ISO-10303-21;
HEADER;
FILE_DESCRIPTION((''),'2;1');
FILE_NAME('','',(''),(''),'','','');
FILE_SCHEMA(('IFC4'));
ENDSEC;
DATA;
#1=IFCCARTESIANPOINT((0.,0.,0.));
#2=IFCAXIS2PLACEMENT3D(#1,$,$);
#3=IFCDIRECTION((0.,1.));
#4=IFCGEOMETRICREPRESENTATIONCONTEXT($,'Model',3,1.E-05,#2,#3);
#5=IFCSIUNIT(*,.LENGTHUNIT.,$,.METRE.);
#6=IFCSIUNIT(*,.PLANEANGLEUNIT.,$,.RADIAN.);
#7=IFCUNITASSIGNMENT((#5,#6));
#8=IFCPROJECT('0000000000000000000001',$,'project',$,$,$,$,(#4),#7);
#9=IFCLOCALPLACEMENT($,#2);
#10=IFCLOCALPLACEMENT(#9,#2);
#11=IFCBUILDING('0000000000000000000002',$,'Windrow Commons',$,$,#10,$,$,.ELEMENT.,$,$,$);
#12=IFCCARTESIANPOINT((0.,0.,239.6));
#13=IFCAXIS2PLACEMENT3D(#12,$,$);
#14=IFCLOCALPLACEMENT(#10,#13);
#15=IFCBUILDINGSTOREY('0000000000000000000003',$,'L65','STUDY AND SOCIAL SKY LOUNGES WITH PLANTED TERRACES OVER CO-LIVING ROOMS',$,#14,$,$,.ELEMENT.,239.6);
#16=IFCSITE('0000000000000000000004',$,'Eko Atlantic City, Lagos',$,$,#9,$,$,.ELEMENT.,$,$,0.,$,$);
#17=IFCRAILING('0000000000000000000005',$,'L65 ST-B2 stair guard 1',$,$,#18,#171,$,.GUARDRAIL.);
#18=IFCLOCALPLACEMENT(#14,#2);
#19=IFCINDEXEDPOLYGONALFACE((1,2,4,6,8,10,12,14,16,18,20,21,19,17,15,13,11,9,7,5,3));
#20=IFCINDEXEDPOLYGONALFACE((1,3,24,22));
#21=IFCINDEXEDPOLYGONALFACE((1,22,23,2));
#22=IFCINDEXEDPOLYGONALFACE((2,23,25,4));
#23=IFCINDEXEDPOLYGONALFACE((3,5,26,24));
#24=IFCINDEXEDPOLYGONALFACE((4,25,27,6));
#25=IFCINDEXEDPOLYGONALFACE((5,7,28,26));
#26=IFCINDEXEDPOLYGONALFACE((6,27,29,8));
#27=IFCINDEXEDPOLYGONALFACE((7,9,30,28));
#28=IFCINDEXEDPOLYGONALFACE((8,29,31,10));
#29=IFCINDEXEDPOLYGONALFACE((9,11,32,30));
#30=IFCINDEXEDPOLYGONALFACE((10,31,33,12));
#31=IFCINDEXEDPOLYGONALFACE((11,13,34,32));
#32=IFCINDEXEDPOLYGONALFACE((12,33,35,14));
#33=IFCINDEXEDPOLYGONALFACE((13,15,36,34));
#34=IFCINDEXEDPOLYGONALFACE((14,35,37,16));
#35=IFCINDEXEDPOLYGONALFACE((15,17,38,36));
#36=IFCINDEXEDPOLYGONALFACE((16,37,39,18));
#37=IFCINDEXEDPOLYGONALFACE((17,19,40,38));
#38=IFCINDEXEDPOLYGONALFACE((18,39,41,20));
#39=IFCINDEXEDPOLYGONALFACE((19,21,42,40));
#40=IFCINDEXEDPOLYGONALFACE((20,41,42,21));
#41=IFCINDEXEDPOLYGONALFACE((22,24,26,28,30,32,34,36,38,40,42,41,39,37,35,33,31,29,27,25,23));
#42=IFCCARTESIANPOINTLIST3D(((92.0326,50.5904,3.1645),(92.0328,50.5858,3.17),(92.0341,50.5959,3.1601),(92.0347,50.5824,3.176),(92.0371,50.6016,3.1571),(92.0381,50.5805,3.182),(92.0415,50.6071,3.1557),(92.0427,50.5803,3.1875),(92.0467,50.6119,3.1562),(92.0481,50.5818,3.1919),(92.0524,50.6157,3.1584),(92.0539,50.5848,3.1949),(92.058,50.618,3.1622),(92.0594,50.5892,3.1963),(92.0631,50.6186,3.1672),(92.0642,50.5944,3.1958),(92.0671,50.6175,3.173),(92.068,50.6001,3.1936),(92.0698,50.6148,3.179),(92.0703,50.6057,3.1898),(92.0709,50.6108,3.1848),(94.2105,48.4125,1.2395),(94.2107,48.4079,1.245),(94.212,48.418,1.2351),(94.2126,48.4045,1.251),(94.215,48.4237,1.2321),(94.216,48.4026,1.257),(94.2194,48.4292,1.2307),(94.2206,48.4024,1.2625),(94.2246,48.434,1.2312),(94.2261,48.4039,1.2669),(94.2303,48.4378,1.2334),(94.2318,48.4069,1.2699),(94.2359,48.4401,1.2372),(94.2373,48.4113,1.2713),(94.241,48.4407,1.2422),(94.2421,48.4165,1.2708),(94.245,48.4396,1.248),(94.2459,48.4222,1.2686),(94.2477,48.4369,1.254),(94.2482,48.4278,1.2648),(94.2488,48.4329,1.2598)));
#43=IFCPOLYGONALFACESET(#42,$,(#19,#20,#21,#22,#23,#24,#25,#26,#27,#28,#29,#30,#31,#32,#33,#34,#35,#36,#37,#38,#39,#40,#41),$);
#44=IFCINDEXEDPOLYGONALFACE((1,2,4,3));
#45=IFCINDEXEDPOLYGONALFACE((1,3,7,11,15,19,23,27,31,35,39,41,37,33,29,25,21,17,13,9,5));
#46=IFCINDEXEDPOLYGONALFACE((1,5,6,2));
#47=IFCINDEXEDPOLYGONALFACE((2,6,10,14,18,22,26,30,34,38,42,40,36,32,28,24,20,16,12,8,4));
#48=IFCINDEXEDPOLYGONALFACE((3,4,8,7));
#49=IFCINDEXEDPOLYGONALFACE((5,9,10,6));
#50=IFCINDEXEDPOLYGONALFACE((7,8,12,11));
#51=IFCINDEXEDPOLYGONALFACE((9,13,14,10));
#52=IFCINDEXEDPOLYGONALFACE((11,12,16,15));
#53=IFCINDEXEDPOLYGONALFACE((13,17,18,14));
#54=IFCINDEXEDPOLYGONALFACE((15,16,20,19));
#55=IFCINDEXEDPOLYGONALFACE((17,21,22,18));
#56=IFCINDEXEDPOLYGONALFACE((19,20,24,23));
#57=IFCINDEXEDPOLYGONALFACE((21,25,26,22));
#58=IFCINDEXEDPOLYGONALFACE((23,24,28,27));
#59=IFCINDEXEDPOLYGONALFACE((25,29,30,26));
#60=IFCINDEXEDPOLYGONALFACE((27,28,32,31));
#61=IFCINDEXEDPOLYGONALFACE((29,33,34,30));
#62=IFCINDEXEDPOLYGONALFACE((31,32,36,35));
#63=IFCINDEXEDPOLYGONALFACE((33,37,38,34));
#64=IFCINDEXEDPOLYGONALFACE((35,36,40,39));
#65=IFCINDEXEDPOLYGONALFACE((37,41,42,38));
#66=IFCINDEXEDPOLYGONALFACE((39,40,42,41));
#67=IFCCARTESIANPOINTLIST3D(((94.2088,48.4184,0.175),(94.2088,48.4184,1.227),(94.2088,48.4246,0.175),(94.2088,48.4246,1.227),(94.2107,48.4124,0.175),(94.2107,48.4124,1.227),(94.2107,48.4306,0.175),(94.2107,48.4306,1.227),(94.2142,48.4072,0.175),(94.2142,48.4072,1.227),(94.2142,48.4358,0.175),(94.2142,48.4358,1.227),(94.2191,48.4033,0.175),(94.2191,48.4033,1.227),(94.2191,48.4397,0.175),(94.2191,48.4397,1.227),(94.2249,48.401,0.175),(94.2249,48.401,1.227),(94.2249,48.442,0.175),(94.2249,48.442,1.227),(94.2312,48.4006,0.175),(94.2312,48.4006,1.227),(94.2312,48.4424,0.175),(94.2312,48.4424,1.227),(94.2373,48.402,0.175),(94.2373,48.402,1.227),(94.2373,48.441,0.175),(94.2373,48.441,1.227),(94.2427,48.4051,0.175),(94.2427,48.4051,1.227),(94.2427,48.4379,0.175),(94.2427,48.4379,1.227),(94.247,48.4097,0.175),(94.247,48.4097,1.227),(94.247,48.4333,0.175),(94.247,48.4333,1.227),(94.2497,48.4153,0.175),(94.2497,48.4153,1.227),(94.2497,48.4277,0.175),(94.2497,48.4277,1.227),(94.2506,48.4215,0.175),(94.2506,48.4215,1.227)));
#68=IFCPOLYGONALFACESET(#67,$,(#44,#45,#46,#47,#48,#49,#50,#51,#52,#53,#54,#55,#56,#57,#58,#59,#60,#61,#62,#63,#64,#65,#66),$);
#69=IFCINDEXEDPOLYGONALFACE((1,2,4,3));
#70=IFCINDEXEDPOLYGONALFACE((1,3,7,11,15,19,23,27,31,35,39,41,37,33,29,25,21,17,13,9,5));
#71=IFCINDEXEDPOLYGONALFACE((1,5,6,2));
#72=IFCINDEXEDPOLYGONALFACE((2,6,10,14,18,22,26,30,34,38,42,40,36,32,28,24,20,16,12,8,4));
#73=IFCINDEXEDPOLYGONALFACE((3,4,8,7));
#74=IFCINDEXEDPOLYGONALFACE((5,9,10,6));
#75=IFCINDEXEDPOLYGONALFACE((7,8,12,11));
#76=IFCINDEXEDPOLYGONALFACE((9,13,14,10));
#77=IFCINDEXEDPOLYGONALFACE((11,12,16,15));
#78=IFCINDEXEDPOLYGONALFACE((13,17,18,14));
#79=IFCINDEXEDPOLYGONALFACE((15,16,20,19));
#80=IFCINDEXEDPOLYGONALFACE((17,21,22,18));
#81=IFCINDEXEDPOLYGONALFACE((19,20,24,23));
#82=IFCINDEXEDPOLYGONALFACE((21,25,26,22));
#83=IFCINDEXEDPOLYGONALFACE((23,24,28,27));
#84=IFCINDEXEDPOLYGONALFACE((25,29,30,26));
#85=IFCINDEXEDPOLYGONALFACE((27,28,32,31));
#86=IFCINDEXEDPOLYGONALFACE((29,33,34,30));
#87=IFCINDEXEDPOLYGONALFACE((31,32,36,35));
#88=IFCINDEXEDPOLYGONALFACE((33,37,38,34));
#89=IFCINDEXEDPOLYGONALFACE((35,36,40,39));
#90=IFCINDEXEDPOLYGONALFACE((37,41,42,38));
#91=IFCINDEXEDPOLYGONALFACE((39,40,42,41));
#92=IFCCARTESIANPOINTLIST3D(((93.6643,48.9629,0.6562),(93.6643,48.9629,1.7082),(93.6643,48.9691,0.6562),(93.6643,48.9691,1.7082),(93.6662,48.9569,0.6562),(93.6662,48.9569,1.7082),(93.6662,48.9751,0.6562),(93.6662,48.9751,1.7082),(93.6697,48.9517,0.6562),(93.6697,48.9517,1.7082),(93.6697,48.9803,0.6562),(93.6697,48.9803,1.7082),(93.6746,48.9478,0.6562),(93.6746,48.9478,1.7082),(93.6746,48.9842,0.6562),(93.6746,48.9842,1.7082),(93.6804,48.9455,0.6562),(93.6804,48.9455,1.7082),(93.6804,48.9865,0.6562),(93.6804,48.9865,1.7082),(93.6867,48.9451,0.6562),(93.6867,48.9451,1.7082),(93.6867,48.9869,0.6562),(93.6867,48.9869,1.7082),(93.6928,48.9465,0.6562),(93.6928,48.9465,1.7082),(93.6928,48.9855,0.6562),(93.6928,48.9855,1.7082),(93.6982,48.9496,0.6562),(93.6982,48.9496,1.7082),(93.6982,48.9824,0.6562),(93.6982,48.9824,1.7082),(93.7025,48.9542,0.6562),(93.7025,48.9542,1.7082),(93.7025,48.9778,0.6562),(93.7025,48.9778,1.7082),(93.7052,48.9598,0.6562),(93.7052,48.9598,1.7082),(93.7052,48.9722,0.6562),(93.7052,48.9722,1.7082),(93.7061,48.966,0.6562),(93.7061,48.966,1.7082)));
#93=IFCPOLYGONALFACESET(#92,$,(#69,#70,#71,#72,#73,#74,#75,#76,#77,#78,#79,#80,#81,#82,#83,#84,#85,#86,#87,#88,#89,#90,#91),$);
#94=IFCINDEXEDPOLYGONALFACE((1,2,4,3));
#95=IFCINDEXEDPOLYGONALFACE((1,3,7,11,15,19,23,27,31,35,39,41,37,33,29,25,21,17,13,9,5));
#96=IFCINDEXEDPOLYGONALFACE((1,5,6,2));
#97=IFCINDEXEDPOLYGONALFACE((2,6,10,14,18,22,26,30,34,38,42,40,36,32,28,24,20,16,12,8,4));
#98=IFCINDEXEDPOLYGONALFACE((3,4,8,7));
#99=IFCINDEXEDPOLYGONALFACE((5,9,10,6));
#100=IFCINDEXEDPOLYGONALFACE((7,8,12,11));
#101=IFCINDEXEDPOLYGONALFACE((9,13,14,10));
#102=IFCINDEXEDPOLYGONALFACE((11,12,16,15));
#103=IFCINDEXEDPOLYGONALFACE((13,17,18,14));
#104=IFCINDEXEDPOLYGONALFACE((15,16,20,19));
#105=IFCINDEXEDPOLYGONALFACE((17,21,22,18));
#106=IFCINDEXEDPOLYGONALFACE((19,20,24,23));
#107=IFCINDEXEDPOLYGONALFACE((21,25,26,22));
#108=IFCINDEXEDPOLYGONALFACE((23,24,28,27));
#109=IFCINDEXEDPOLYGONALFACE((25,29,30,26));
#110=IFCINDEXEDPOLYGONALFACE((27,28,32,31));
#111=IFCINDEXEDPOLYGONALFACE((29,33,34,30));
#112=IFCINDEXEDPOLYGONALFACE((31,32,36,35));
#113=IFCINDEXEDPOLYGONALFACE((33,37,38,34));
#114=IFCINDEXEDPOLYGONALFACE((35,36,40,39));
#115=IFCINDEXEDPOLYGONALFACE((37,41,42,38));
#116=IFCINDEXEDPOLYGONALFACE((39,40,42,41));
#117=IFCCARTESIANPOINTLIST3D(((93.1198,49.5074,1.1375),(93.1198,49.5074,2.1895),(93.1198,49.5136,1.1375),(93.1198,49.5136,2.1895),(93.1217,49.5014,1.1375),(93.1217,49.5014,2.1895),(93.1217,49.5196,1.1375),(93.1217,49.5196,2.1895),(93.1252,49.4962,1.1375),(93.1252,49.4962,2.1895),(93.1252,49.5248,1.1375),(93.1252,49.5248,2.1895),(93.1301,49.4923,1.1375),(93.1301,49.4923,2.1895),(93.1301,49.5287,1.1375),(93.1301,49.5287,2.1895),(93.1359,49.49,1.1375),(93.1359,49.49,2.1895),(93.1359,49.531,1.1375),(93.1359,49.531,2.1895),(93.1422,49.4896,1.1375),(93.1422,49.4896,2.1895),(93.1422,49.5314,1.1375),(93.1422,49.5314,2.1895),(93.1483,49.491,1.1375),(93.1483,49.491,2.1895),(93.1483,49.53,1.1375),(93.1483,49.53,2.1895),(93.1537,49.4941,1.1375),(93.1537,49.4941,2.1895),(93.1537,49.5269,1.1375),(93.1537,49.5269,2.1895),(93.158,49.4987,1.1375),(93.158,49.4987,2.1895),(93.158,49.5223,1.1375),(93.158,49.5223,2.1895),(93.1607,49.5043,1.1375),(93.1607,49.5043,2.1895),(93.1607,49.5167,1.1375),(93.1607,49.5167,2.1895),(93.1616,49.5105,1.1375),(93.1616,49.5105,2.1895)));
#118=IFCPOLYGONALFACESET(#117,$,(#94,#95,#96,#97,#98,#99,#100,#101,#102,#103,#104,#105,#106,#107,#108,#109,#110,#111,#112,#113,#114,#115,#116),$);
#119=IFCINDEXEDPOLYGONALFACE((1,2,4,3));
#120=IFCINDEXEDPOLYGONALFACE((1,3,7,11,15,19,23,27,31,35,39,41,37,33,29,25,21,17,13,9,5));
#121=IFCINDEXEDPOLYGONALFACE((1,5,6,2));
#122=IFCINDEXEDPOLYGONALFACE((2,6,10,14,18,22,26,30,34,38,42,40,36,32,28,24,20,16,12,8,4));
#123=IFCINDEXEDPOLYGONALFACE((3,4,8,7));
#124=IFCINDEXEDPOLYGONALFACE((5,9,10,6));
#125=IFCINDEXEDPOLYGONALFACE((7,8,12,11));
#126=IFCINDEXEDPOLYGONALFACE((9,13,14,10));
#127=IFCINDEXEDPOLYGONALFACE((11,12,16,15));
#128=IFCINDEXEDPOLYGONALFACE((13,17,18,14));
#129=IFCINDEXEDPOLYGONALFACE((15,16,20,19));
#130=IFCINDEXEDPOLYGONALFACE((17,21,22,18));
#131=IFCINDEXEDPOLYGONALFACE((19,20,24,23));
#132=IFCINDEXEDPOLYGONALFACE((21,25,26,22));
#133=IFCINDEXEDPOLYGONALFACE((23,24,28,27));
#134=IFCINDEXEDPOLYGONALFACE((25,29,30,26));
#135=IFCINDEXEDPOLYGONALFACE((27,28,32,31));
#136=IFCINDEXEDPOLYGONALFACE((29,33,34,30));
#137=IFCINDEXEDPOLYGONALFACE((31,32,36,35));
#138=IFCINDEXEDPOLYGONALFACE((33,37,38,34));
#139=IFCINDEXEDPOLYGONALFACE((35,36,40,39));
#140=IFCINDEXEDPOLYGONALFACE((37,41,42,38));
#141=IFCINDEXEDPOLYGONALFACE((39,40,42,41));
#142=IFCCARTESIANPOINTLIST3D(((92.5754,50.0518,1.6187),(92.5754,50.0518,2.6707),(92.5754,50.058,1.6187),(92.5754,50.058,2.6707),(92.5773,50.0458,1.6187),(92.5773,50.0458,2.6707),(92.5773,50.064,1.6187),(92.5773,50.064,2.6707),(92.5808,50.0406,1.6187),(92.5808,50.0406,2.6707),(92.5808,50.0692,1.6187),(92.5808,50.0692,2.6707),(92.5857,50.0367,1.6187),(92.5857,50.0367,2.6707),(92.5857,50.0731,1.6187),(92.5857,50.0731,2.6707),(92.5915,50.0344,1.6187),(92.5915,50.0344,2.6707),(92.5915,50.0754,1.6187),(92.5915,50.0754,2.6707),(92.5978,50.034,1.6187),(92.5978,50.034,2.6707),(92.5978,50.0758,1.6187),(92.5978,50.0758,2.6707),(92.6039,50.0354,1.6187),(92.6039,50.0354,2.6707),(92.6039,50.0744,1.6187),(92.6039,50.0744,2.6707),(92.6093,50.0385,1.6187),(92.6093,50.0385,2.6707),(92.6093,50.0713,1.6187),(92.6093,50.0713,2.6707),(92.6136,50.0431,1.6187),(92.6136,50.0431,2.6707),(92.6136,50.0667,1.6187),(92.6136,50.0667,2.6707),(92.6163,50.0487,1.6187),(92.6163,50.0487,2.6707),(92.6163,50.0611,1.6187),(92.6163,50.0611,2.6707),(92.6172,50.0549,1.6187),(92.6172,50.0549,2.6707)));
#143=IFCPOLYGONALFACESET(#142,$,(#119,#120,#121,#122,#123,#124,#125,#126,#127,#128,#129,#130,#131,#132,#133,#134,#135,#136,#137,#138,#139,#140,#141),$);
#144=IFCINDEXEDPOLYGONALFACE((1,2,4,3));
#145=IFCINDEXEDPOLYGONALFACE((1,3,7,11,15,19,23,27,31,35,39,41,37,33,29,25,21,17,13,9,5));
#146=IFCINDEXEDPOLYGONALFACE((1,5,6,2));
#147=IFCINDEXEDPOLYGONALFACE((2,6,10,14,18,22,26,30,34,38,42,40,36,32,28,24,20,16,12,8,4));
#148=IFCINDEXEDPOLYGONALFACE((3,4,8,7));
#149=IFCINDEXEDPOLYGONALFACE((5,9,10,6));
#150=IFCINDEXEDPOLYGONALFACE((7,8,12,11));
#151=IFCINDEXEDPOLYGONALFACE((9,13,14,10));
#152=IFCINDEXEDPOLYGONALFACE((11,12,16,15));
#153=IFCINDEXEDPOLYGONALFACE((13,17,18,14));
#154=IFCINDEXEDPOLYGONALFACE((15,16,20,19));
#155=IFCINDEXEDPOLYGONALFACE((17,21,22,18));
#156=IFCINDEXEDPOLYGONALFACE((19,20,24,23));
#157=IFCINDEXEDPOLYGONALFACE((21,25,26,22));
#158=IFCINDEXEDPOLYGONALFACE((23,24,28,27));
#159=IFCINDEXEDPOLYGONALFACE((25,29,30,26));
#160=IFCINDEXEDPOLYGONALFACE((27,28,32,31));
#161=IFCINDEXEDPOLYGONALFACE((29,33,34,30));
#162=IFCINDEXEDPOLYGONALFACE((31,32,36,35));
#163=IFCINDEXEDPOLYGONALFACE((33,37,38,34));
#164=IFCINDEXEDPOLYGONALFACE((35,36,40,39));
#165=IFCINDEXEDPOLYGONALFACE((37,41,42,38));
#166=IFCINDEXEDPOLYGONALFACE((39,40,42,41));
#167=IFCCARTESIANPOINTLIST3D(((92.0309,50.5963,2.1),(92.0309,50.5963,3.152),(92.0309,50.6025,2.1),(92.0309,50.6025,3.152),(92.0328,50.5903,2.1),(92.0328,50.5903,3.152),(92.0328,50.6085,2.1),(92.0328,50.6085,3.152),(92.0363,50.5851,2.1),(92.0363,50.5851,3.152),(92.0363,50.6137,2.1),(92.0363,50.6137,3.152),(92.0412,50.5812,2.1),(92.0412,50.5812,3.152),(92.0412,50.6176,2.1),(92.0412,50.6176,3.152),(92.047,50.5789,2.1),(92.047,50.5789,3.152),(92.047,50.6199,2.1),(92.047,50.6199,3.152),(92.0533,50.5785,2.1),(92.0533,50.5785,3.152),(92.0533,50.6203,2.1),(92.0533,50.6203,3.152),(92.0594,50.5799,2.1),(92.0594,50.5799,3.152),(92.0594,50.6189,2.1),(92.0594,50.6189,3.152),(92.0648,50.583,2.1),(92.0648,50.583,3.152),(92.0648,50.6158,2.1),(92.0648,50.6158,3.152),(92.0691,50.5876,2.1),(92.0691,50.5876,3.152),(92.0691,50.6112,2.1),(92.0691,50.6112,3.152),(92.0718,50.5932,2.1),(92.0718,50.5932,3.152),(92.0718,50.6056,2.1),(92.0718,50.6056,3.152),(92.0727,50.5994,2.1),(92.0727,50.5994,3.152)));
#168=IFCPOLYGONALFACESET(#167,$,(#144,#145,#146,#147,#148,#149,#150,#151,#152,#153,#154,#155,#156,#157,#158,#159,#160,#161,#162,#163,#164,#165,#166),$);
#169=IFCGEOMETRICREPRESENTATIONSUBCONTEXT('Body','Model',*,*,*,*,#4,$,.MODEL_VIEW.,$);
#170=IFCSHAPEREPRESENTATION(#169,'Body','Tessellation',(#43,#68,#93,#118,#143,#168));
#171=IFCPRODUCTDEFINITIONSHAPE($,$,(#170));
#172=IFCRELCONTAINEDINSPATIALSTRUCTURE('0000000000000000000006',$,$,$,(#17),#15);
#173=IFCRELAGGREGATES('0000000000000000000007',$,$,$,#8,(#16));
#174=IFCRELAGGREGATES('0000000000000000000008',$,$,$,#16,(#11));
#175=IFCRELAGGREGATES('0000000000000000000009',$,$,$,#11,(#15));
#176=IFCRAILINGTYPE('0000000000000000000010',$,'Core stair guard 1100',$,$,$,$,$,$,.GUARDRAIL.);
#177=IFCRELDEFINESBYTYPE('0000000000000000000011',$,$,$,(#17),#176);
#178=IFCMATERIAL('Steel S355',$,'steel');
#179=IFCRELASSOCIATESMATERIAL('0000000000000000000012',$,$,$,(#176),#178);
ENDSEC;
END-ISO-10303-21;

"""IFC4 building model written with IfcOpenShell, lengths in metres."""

from ifc_helpers import new_model, si_unit, direction, frame, origin, origin_2d, place, context, subcontext, project, spatial, circle, extrude, material, type_object, element, save


model = new_model("IFC4")

# Units and contexts
model_context = context("Model", 3, precision=1e-05, world=origin(), true_north=direction((0.0, 1.0)))
body_context = subcontext(model_context, "Body", "Model", "MODEL_VIEW")
ifc_project = project(units=[si_unit("LENGTHUNIT", "METRE"), si_unit("PLANEANGLEUNIT", "RADIAN")], contexts=[model_context])

# Site, building, storey
site_placement = place(None, origin())
site = spatial("IfcSite", under=ifc_project, at=site_placement, Name="Eko Atlantic City, Lagos", CompositionType="ELEMENT", RefElevation=0.0)
building_placement = place(site_placement, origin())
building = spatial("IfcBuilding", under=site, at=building_placement, Name="Windrow Commons", CompositionType="ELEMENT")
storey_placement = place(building_placement, frame((0.0, 0.0, 239.6)))
storey = spatial("IfcBuildingStorey", under=building, at=storey_placement, Name="L65", Description="STUDY AND SOCIAL SKY LOUNGES WITH PLANTED TERRACES OVER CO-LIVING ROOMS", CompositionType="ELEMENT", Elevation=239.6)

# Railing
ifc_material_1 = material(Name="Steel S355", Category="steel")
railing_type_1 = type_object("IfcRailingType", Name="Core stair guard 1100", PredefinedType="GUARDRAIL", material=ifc_material_1)
railing_1_placement = place(storey_placement, frame((94.2296, 48.4215, 0.175)))
element("IfcRailing", 1, at=railing_1_placement, inside=storey, type_object=railing_type_1, Name="L65 ST-B2 stair guard 1", PredefinedType="GUARDRAIL", context=body_context, shape_type="SweptSolid", body=[
    extrude(circle(Radius=0.024, at=origin_2d()), frame((0.0, 0.0, 1.076), z_axis=(-0.599626, 0.599626, 0.529997), x_axis=(-0.707107, -0.707107, 0.0)), (0.0, 0.0, 1.0), 3.6321),
    extrude(circle(Radius=0.021, at=origin_2d()), origin(), (0.0, 0.0, 1.0), 1.052),
    extrude(circle(Radius=0.021, at=origin_2d()), frame((-0.5445, 0.5445, 0.4812)), (0.0, 0.0, 1.0), 1.052),
    extrude(circle(Radius=0.021, at=origin_2d()), frame((-1.089, 1.089, 0.9625)), (0.0, 0.0, 1.0), 1.052),
    extrude(circle(Radius=0.021, at=origin_2d()), frame((-1.6334, 1.6334, 1.4437)), (0.0, 0.0, 1.0), 1.052),
    extrude(circle(Radius=0.021, at=origin_2d()), frame((-2.1779, 2.1779, 1.925)), (0.0, 0.0, 1.0), 1.052),
])

save(model, "model.ifc")
